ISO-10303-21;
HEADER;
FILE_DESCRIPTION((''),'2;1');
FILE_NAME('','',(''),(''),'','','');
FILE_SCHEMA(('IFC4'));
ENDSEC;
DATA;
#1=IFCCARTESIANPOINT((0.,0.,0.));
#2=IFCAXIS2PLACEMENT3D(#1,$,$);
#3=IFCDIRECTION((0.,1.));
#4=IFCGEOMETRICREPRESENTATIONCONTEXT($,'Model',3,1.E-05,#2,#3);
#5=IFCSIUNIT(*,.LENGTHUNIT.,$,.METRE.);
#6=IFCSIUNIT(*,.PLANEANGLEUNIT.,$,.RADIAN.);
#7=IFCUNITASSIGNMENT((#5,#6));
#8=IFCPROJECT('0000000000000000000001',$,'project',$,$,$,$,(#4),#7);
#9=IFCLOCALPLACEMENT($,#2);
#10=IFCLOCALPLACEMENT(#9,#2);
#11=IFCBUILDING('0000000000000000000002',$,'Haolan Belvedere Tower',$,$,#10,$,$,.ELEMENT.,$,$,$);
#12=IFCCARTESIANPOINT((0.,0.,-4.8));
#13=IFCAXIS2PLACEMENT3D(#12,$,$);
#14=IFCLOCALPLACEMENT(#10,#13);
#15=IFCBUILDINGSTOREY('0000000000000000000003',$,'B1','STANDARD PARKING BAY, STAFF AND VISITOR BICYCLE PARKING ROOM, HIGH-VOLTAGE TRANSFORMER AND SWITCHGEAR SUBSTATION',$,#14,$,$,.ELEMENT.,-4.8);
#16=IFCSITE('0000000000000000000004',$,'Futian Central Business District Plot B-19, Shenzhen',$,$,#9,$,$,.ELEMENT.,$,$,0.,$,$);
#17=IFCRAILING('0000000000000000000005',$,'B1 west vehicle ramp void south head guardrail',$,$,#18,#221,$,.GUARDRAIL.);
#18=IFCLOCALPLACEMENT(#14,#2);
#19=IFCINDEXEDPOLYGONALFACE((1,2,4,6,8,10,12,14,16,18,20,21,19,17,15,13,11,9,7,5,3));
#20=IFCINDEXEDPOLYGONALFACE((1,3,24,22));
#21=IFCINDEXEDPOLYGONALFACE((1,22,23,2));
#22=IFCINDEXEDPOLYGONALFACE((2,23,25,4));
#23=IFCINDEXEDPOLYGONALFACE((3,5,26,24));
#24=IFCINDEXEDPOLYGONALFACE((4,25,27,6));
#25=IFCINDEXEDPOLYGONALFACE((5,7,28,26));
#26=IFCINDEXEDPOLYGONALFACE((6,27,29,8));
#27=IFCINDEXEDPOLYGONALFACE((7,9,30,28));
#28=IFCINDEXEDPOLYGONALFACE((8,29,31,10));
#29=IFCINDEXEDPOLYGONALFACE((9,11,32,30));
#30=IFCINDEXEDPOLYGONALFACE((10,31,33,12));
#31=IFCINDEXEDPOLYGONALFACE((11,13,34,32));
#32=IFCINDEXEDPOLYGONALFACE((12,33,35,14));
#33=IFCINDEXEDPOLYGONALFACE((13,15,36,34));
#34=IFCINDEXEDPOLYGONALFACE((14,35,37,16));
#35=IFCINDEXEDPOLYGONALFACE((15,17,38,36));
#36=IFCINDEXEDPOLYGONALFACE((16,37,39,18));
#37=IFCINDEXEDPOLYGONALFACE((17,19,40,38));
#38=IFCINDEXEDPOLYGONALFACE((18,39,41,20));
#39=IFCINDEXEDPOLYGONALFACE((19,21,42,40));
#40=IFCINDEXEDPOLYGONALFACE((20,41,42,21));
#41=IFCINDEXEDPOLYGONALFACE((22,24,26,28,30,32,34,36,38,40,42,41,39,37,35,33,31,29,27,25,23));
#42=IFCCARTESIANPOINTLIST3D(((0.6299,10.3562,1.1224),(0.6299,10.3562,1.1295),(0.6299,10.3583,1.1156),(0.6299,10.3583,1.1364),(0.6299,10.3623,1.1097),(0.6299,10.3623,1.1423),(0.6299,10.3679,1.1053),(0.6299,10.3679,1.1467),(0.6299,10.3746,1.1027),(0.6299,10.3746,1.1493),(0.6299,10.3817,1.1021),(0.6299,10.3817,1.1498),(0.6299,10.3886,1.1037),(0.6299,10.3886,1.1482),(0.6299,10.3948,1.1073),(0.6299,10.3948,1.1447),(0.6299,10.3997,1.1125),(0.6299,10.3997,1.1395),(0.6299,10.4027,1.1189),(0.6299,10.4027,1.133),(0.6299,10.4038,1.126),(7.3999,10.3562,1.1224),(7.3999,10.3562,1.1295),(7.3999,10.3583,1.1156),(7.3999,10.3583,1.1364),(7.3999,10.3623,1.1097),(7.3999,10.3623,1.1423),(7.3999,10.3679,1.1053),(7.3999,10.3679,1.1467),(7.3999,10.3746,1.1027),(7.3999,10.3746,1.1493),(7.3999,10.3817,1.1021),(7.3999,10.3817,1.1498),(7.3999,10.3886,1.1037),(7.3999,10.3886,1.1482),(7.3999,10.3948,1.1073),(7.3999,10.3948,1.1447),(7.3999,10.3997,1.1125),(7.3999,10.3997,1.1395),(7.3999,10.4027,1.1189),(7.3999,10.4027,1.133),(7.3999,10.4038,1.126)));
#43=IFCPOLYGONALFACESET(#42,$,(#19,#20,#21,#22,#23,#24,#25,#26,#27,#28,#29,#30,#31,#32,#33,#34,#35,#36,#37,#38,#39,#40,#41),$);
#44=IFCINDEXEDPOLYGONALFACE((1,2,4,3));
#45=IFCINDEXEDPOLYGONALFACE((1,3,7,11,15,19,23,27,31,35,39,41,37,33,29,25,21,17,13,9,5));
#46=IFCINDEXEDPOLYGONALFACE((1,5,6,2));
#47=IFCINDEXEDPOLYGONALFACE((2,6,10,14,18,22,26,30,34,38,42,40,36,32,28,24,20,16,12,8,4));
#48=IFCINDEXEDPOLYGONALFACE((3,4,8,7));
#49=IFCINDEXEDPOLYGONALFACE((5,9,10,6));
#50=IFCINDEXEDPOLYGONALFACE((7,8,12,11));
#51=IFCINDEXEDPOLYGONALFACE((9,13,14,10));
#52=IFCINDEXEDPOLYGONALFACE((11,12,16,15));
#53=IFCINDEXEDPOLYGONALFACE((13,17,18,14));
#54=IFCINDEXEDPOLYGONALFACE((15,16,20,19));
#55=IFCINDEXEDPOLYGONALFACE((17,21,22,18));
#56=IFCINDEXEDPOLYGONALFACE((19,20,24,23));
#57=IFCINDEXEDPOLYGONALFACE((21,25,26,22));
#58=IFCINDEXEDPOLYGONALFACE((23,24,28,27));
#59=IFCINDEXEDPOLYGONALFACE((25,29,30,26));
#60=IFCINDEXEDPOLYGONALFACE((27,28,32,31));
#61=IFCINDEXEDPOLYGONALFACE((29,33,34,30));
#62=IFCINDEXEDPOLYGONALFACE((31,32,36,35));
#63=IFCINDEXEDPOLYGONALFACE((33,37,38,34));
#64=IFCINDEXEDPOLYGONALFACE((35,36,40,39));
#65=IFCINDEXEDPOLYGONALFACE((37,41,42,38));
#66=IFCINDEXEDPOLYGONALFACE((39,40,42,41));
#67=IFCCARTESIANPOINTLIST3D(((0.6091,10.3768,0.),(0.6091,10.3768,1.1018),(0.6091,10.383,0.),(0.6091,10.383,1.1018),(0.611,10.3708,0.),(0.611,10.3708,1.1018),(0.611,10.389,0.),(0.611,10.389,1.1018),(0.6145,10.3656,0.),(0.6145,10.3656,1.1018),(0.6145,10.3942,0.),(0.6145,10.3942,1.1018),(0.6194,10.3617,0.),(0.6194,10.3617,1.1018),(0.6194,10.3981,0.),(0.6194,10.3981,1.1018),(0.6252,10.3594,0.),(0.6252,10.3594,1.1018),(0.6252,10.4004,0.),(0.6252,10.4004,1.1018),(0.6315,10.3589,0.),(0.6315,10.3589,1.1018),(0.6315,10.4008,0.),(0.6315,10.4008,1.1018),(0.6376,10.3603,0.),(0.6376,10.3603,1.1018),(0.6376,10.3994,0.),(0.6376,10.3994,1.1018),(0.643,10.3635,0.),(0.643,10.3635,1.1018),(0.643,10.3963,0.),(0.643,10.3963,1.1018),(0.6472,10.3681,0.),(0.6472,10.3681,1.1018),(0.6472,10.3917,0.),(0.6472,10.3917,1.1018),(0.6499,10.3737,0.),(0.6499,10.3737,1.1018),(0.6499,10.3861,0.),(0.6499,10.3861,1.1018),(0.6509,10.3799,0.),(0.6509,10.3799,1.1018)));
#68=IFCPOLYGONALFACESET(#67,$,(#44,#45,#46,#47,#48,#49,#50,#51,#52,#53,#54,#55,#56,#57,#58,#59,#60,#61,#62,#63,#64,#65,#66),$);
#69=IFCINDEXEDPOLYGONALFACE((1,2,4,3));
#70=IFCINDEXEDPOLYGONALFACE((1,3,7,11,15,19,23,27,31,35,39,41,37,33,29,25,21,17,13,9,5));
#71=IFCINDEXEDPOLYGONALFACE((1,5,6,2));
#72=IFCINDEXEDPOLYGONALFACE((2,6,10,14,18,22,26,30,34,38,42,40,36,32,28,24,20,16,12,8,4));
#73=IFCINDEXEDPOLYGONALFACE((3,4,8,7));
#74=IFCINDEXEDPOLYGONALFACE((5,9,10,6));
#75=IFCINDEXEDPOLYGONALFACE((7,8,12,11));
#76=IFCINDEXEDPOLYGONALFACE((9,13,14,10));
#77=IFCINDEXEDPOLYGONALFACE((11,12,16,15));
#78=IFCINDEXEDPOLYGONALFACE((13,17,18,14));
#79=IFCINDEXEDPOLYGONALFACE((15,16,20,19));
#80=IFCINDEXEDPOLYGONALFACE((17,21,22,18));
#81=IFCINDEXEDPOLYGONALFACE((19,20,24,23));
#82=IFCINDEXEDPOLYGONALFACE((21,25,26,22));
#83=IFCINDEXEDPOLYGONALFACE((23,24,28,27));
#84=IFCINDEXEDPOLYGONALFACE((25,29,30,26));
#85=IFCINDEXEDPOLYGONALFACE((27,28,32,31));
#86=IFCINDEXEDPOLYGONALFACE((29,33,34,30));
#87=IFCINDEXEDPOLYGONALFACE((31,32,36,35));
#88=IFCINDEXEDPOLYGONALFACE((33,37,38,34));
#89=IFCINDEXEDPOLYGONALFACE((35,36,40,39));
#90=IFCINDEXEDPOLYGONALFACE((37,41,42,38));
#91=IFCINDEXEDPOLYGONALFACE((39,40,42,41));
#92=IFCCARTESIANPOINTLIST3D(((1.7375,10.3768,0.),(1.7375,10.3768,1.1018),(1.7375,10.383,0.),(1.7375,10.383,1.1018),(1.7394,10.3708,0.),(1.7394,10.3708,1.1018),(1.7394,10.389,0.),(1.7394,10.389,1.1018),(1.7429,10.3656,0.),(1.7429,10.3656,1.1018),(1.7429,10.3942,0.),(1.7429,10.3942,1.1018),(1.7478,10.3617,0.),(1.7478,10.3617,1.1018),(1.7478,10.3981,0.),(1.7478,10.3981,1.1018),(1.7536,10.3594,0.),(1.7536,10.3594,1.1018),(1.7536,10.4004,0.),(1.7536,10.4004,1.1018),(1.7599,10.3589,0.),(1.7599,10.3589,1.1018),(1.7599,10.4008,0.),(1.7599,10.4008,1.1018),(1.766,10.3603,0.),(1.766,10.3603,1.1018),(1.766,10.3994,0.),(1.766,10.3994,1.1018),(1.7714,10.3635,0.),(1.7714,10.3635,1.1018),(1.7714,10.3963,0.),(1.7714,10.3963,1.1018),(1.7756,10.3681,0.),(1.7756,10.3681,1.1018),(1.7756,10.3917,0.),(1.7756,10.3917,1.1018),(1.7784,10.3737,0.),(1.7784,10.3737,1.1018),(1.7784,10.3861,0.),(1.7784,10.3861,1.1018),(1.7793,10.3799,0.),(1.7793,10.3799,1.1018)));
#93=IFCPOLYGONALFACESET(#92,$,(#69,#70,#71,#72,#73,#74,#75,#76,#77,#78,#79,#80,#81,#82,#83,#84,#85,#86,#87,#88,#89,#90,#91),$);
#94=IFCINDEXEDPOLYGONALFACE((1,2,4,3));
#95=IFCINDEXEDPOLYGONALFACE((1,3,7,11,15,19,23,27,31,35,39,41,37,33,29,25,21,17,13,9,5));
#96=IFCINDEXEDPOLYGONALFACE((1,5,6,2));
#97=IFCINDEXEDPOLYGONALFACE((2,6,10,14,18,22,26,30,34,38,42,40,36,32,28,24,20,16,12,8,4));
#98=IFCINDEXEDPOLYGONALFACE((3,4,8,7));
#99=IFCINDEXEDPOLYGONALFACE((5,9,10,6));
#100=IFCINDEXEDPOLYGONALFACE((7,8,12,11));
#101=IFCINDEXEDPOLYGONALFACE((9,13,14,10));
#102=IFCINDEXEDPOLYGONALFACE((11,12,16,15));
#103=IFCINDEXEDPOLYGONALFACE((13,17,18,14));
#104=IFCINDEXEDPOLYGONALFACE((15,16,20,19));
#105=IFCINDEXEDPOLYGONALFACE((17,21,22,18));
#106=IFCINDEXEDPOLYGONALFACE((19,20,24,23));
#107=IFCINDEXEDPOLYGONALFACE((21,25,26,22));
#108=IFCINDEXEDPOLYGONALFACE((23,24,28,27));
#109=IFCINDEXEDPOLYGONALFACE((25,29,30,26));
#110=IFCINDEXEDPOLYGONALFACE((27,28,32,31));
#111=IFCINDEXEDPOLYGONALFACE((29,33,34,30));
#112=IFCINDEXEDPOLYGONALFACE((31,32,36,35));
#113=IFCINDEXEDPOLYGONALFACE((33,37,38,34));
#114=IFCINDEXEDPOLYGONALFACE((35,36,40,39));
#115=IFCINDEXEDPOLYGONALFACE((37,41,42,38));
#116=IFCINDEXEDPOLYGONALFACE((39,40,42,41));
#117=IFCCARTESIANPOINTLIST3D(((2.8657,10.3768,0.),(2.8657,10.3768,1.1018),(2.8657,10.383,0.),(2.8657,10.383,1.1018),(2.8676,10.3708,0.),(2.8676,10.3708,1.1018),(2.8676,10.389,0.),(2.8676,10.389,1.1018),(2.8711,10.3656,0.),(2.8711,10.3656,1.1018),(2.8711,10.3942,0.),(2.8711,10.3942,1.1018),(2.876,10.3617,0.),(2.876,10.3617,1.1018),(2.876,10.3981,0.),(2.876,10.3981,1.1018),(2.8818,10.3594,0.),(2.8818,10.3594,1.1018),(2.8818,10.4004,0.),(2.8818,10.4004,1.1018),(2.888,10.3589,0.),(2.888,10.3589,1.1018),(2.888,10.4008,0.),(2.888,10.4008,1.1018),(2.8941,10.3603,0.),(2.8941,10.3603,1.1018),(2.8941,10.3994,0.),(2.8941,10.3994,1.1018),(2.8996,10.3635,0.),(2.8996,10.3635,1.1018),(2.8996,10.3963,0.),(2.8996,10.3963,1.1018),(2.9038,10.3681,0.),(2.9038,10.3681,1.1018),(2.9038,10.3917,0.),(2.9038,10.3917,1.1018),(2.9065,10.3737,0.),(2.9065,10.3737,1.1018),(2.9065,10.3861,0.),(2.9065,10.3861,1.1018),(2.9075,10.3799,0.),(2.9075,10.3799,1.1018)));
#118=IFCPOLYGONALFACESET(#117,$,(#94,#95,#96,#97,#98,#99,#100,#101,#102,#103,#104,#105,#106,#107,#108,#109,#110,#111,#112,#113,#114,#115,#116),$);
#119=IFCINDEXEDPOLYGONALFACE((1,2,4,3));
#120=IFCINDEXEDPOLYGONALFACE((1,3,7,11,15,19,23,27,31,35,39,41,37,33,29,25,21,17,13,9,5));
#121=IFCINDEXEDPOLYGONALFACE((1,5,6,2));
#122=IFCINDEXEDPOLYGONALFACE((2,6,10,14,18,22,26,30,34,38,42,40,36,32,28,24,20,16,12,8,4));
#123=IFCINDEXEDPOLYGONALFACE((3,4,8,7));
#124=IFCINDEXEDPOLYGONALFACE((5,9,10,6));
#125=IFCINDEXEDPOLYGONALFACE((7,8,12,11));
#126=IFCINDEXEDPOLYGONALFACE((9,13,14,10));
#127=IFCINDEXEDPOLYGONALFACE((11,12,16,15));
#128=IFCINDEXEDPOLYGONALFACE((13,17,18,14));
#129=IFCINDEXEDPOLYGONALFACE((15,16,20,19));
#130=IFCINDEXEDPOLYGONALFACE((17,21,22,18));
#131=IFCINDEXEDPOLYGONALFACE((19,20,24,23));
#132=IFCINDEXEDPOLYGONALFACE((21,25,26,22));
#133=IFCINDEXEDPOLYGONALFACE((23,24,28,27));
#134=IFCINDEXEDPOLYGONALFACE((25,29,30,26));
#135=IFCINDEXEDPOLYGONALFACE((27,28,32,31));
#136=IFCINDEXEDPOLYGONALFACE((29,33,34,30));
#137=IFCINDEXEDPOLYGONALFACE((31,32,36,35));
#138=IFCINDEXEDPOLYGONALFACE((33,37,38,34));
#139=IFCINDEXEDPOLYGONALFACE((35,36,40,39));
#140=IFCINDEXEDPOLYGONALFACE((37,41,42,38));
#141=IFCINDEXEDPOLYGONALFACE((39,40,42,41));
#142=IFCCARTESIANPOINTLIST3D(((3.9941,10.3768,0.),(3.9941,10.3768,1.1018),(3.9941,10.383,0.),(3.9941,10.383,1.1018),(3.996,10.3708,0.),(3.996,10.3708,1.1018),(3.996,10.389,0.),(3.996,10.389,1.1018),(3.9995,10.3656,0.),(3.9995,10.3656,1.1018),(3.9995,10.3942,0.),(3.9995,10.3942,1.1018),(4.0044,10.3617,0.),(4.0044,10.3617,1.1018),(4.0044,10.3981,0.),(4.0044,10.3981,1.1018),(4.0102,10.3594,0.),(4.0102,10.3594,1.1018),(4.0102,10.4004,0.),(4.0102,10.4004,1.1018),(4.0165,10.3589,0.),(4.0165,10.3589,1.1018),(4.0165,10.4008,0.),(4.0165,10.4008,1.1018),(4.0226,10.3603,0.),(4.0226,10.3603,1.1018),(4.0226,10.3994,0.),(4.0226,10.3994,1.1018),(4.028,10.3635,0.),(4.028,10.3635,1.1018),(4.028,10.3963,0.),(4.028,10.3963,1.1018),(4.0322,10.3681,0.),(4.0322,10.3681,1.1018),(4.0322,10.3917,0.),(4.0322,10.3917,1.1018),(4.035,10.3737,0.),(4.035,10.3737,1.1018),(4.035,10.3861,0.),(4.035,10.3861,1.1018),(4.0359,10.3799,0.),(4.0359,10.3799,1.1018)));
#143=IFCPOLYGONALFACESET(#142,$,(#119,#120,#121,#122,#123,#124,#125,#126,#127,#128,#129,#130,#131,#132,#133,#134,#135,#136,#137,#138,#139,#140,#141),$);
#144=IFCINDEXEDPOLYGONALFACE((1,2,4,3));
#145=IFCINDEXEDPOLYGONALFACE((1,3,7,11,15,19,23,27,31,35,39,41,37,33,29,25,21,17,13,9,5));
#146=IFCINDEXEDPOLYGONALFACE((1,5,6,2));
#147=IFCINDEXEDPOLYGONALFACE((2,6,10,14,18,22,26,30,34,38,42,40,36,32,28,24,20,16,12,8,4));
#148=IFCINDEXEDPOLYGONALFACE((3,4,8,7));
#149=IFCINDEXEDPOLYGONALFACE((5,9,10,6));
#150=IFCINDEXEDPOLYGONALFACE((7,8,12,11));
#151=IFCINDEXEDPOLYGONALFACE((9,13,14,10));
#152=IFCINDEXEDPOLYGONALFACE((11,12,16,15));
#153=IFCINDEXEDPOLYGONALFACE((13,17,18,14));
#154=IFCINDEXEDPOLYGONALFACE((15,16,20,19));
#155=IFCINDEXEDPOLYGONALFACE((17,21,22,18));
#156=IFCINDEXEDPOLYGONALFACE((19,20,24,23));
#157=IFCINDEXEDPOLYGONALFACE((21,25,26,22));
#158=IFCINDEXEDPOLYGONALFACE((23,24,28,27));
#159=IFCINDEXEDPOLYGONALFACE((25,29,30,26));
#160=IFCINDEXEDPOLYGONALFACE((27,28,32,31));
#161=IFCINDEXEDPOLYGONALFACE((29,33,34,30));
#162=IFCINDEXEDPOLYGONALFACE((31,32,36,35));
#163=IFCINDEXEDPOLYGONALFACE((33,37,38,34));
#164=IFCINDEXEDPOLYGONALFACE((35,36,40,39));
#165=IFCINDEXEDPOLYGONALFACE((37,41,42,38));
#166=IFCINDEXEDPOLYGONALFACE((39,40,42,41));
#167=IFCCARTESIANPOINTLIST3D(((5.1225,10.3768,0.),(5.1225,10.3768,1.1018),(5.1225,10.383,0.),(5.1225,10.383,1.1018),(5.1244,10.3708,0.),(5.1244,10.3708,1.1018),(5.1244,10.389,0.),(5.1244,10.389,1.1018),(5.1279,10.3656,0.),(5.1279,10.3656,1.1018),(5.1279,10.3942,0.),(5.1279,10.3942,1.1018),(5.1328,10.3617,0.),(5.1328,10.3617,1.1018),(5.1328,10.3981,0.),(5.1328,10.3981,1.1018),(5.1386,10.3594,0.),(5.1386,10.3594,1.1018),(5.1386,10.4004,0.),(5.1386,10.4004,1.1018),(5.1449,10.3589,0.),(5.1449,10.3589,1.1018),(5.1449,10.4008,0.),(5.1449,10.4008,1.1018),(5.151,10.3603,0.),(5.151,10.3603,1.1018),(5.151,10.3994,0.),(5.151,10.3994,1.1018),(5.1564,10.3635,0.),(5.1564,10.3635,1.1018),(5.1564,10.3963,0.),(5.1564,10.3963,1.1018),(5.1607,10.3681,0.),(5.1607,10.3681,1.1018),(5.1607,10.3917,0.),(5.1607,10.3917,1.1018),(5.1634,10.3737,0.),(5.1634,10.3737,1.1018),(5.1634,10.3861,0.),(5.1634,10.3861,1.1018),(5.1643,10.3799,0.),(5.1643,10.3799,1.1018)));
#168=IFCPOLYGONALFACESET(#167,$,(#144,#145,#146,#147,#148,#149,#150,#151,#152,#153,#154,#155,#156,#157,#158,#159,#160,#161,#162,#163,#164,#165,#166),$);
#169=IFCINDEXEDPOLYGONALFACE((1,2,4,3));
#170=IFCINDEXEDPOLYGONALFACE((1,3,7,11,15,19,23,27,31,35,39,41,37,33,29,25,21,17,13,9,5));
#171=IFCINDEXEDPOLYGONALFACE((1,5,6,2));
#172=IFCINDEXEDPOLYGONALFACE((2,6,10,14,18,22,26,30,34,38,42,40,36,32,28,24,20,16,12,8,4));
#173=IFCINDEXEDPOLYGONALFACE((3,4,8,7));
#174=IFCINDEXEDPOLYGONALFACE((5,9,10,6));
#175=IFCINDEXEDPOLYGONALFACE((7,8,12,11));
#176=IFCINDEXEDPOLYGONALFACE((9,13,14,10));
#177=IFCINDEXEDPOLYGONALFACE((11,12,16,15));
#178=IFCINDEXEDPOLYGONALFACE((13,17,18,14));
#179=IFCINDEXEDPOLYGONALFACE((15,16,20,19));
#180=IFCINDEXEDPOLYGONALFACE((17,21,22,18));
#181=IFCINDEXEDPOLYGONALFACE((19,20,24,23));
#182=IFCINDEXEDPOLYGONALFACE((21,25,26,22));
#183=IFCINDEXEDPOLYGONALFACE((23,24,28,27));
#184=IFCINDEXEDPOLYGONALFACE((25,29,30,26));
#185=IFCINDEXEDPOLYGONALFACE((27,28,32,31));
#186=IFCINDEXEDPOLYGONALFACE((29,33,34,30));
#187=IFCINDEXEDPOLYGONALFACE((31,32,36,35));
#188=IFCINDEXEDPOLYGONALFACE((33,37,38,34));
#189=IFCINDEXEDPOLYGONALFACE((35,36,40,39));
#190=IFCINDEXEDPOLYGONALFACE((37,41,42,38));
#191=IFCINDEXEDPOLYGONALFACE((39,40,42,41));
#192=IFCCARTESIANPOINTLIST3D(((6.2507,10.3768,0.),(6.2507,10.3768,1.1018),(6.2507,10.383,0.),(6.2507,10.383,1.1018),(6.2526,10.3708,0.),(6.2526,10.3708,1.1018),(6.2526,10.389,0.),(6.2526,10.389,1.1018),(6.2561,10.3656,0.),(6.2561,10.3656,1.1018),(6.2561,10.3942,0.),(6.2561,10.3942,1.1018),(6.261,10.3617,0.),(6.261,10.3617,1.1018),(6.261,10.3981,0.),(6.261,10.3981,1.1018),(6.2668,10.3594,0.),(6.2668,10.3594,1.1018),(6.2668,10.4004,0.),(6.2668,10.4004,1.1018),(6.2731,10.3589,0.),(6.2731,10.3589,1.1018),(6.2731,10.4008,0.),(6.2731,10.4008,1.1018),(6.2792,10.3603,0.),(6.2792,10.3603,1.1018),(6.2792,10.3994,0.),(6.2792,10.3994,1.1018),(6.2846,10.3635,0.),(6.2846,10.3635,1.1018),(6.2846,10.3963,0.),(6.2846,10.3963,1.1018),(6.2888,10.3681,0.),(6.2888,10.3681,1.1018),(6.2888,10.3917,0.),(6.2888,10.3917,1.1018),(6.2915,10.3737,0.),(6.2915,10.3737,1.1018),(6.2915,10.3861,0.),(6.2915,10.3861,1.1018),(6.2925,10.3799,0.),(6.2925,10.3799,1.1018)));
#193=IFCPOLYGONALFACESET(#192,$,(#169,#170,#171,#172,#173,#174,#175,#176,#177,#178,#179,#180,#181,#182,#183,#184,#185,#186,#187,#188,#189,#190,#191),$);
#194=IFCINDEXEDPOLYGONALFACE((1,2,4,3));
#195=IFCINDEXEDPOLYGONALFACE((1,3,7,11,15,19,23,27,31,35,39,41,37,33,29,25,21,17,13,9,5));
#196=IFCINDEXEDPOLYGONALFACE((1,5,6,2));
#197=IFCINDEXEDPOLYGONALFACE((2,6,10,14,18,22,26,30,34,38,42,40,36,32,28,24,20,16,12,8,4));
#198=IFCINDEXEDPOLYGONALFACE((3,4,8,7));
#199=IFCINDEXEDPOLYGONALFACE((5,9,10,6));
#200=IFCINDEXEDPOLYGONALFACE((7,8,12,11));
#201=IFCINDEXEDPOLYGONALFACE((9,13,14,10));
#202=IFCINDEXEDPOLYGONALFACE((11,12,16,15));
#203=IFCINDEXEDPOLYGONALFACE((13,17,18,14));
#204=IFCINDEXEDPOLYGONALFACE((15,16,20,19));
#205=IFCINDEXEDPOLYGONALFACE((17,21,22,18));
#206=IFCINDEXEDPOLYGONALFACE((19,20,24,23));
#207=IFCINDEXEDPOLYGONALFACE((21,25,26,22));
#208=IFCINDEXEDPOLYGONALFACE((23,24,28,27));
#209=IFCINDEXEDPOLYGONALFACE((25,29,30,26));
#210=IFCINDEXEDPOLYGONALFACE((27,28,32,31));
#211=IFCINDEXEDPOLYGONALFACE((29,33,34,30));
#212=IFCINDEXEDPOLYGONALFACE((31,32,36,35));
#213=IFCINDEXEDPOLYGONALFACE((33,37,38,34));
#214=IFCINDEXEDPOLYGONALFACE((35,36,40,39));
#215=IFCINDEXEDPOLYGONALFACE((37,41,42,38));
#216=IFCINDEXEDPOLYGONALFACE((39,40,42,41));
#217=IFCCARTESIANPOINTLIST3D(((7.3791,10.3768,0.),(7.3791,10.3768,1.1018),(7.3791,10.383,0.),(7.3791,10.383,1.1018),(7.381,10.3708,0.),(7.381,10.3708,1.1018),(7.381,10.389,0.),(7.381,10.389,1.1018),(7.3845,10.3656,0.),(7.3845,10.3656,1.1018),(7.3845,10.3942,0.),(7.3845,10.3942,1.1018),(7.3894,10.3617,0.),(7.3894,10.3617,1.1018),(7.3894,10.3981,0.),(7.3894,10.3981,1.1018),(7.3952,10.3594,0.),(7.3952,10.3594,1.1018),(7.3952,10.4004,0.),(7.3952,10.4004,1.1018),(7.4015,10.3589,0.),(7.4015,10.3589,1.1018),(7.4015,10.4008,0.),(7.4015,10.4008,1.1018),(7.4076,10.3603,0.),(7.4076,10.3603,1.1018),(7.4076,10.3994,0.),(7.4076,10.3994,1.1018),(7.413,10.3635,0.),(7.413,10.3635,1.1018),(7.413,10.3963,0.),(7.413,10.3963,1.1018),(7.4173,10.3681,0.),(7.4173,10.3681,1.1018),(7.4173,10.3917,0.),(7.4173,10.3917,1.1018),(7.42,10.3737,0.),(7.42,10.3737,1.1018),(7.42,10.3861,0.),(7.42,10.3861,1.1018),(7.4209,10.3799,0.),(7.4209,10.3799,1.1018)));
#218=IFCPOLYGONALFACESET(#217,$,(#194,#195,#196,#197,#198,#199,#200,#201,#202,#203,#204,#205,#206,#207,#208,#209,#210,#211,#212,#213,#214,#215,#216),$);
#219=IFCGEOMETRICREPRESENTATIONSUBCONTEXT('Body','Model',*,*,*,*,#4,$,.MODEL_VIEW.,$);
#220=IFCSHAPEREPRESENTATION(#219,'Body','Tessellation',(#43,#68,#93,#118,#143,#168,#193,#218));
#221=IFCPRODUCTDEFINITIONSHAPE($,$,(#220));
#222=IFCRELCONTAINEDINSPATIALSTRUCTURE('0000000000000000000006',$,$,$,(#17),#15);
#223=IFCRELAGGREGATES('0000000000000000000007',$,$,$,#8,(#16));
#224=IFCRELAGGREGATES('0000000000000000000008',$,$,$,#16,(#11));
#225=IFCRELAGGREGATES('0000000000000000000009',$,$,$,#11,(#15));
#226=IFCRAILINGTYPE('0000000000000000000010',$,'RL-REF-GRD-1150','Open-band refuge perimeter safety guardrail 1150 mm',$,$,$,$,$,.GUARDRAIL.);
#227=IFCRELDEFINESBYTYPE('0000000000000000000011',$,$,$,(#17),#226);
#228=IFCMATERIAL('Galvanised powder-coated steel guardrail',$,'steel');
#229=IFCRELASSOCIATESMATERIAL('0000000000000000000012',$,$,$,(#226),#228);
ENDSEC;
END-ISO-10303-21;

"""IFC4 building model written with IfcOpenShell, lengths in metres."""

from ifc_helpers import new_model, si_unit, direction, frame, origin, origin_2d, place, context, subcontext, project, spatial, circle, extrude, material, type_object, element, save


model = new_model("IFC4")

# Units and contexts
model_context = context("Model", 3, precision=1e-05, world=origin(), true_north=direction((0.0, 1.0)))
body_context = subcontext(model_context, "Body", "Model", "MODEL_VIEW")
ifc_project = project(units=[si_unit("LENGTHUNIT", "METRE"), si_unit("PLANEANGLEUNIT", "RADIAN")], contexts=[model_context])

# Site, building, storey
site_placement = place(None, origin())
site = spatial("IfcSite", under=ifc_project, at=site_placement, Name="Futian Central Business District Plot B-19, Shenzhen", CompositionType="ELEMENT", RefElevation=0.0)
building_placement = place(site_placement, origin())
building = spatial("IfcBuilding", under=site, at=building_placement, Name="Haolan Belvedere Tower", CompositionType="ELEMENT")
storey_placement = place(building_placement, frame((0.0, 0.0, -4.8)))
storey = spatial("IfcBuildingStorey", under=building, at=storey_placement, Name="B1", Description="STANDARD PARKING BAY, STAFF AND VISITOR BICYCLE PARKING ROOM, HIGH-VOLTAGE TRANSFORMER AND SWITCHGEAR SUBSTATION", CompositionType="ELEMENT", Elevation=-4.8)

# Railing
ifc_material_1 = material(Name="Galvanised powder-coated steel guardrail", Category="steel")
railing_type = type_object("IfcRailingType", Name="RL-REF-GRD-1150", Description="Open-band refuge perimeter safety guardrail 1150 mm", PredefinedType="GUARDRAIL", material=ifc_material_1)
railing_placement = place(storey_placement, frame((0.6299, 10.3799, 0.0)))
element("IfcRailing", 1, at=railing_placement, inside=storey, type_object=railing_type, Name="B1 west vehicle ramp void south head guardrail", PredefinedType="GUARDRAIL", context=body_context, shape_type="SweptSolid", body=[
    extrude(circle(Radius=0.0239, at=origin_2d()), frame((0.0, 0.0, 1.126), z_axis=(1.0, 0.0, 0.0), x_axis=(0.0, 1.0, 0.0)), (0.0, 0.0, 1.0), 6.77),
    extrude(circle(Radius=0.021, at=origin_2d()), origin(), (0.0, 0.0, 1.0), 1.1018),
    extrude(circle(Radius=0.021, at=origin_2d()), frame((1.1284, 0.0, 0.0)), (0.0, 0.0, 1.0), 1.1018),
    extrude(circle(Radius=0.021, at=origin_2d()), frame((2.2566, 0.0, 0.0)), (0.0, 0.0, 1.0), 1.1018),
    extrude(circle(Radius=0.021, at=origin_2d()), frame((3.385, 0.0, 0.0)), (0.0, 0.0, 1.0), 1.1018),
    extrude(circle(Radius=0.021, at=origin_2d()), frame((4.5134, 0.0, 0.0)), (0.0, 0.0, 1.0), 1.1018),
    extrude(circle(Radius=0.021, at=origin_2d()), frame((5.6416, 0.0, 0.0)), (0.0, 0.0, 1.0), 1.1018),
    extrude(circle(Radius=0.021, at=origin_2d()), frame((6.77, 0.0, 0.0)), (0.0, 0.0, 1.0), 1.1018),
])

save(model, "model.ifc")
